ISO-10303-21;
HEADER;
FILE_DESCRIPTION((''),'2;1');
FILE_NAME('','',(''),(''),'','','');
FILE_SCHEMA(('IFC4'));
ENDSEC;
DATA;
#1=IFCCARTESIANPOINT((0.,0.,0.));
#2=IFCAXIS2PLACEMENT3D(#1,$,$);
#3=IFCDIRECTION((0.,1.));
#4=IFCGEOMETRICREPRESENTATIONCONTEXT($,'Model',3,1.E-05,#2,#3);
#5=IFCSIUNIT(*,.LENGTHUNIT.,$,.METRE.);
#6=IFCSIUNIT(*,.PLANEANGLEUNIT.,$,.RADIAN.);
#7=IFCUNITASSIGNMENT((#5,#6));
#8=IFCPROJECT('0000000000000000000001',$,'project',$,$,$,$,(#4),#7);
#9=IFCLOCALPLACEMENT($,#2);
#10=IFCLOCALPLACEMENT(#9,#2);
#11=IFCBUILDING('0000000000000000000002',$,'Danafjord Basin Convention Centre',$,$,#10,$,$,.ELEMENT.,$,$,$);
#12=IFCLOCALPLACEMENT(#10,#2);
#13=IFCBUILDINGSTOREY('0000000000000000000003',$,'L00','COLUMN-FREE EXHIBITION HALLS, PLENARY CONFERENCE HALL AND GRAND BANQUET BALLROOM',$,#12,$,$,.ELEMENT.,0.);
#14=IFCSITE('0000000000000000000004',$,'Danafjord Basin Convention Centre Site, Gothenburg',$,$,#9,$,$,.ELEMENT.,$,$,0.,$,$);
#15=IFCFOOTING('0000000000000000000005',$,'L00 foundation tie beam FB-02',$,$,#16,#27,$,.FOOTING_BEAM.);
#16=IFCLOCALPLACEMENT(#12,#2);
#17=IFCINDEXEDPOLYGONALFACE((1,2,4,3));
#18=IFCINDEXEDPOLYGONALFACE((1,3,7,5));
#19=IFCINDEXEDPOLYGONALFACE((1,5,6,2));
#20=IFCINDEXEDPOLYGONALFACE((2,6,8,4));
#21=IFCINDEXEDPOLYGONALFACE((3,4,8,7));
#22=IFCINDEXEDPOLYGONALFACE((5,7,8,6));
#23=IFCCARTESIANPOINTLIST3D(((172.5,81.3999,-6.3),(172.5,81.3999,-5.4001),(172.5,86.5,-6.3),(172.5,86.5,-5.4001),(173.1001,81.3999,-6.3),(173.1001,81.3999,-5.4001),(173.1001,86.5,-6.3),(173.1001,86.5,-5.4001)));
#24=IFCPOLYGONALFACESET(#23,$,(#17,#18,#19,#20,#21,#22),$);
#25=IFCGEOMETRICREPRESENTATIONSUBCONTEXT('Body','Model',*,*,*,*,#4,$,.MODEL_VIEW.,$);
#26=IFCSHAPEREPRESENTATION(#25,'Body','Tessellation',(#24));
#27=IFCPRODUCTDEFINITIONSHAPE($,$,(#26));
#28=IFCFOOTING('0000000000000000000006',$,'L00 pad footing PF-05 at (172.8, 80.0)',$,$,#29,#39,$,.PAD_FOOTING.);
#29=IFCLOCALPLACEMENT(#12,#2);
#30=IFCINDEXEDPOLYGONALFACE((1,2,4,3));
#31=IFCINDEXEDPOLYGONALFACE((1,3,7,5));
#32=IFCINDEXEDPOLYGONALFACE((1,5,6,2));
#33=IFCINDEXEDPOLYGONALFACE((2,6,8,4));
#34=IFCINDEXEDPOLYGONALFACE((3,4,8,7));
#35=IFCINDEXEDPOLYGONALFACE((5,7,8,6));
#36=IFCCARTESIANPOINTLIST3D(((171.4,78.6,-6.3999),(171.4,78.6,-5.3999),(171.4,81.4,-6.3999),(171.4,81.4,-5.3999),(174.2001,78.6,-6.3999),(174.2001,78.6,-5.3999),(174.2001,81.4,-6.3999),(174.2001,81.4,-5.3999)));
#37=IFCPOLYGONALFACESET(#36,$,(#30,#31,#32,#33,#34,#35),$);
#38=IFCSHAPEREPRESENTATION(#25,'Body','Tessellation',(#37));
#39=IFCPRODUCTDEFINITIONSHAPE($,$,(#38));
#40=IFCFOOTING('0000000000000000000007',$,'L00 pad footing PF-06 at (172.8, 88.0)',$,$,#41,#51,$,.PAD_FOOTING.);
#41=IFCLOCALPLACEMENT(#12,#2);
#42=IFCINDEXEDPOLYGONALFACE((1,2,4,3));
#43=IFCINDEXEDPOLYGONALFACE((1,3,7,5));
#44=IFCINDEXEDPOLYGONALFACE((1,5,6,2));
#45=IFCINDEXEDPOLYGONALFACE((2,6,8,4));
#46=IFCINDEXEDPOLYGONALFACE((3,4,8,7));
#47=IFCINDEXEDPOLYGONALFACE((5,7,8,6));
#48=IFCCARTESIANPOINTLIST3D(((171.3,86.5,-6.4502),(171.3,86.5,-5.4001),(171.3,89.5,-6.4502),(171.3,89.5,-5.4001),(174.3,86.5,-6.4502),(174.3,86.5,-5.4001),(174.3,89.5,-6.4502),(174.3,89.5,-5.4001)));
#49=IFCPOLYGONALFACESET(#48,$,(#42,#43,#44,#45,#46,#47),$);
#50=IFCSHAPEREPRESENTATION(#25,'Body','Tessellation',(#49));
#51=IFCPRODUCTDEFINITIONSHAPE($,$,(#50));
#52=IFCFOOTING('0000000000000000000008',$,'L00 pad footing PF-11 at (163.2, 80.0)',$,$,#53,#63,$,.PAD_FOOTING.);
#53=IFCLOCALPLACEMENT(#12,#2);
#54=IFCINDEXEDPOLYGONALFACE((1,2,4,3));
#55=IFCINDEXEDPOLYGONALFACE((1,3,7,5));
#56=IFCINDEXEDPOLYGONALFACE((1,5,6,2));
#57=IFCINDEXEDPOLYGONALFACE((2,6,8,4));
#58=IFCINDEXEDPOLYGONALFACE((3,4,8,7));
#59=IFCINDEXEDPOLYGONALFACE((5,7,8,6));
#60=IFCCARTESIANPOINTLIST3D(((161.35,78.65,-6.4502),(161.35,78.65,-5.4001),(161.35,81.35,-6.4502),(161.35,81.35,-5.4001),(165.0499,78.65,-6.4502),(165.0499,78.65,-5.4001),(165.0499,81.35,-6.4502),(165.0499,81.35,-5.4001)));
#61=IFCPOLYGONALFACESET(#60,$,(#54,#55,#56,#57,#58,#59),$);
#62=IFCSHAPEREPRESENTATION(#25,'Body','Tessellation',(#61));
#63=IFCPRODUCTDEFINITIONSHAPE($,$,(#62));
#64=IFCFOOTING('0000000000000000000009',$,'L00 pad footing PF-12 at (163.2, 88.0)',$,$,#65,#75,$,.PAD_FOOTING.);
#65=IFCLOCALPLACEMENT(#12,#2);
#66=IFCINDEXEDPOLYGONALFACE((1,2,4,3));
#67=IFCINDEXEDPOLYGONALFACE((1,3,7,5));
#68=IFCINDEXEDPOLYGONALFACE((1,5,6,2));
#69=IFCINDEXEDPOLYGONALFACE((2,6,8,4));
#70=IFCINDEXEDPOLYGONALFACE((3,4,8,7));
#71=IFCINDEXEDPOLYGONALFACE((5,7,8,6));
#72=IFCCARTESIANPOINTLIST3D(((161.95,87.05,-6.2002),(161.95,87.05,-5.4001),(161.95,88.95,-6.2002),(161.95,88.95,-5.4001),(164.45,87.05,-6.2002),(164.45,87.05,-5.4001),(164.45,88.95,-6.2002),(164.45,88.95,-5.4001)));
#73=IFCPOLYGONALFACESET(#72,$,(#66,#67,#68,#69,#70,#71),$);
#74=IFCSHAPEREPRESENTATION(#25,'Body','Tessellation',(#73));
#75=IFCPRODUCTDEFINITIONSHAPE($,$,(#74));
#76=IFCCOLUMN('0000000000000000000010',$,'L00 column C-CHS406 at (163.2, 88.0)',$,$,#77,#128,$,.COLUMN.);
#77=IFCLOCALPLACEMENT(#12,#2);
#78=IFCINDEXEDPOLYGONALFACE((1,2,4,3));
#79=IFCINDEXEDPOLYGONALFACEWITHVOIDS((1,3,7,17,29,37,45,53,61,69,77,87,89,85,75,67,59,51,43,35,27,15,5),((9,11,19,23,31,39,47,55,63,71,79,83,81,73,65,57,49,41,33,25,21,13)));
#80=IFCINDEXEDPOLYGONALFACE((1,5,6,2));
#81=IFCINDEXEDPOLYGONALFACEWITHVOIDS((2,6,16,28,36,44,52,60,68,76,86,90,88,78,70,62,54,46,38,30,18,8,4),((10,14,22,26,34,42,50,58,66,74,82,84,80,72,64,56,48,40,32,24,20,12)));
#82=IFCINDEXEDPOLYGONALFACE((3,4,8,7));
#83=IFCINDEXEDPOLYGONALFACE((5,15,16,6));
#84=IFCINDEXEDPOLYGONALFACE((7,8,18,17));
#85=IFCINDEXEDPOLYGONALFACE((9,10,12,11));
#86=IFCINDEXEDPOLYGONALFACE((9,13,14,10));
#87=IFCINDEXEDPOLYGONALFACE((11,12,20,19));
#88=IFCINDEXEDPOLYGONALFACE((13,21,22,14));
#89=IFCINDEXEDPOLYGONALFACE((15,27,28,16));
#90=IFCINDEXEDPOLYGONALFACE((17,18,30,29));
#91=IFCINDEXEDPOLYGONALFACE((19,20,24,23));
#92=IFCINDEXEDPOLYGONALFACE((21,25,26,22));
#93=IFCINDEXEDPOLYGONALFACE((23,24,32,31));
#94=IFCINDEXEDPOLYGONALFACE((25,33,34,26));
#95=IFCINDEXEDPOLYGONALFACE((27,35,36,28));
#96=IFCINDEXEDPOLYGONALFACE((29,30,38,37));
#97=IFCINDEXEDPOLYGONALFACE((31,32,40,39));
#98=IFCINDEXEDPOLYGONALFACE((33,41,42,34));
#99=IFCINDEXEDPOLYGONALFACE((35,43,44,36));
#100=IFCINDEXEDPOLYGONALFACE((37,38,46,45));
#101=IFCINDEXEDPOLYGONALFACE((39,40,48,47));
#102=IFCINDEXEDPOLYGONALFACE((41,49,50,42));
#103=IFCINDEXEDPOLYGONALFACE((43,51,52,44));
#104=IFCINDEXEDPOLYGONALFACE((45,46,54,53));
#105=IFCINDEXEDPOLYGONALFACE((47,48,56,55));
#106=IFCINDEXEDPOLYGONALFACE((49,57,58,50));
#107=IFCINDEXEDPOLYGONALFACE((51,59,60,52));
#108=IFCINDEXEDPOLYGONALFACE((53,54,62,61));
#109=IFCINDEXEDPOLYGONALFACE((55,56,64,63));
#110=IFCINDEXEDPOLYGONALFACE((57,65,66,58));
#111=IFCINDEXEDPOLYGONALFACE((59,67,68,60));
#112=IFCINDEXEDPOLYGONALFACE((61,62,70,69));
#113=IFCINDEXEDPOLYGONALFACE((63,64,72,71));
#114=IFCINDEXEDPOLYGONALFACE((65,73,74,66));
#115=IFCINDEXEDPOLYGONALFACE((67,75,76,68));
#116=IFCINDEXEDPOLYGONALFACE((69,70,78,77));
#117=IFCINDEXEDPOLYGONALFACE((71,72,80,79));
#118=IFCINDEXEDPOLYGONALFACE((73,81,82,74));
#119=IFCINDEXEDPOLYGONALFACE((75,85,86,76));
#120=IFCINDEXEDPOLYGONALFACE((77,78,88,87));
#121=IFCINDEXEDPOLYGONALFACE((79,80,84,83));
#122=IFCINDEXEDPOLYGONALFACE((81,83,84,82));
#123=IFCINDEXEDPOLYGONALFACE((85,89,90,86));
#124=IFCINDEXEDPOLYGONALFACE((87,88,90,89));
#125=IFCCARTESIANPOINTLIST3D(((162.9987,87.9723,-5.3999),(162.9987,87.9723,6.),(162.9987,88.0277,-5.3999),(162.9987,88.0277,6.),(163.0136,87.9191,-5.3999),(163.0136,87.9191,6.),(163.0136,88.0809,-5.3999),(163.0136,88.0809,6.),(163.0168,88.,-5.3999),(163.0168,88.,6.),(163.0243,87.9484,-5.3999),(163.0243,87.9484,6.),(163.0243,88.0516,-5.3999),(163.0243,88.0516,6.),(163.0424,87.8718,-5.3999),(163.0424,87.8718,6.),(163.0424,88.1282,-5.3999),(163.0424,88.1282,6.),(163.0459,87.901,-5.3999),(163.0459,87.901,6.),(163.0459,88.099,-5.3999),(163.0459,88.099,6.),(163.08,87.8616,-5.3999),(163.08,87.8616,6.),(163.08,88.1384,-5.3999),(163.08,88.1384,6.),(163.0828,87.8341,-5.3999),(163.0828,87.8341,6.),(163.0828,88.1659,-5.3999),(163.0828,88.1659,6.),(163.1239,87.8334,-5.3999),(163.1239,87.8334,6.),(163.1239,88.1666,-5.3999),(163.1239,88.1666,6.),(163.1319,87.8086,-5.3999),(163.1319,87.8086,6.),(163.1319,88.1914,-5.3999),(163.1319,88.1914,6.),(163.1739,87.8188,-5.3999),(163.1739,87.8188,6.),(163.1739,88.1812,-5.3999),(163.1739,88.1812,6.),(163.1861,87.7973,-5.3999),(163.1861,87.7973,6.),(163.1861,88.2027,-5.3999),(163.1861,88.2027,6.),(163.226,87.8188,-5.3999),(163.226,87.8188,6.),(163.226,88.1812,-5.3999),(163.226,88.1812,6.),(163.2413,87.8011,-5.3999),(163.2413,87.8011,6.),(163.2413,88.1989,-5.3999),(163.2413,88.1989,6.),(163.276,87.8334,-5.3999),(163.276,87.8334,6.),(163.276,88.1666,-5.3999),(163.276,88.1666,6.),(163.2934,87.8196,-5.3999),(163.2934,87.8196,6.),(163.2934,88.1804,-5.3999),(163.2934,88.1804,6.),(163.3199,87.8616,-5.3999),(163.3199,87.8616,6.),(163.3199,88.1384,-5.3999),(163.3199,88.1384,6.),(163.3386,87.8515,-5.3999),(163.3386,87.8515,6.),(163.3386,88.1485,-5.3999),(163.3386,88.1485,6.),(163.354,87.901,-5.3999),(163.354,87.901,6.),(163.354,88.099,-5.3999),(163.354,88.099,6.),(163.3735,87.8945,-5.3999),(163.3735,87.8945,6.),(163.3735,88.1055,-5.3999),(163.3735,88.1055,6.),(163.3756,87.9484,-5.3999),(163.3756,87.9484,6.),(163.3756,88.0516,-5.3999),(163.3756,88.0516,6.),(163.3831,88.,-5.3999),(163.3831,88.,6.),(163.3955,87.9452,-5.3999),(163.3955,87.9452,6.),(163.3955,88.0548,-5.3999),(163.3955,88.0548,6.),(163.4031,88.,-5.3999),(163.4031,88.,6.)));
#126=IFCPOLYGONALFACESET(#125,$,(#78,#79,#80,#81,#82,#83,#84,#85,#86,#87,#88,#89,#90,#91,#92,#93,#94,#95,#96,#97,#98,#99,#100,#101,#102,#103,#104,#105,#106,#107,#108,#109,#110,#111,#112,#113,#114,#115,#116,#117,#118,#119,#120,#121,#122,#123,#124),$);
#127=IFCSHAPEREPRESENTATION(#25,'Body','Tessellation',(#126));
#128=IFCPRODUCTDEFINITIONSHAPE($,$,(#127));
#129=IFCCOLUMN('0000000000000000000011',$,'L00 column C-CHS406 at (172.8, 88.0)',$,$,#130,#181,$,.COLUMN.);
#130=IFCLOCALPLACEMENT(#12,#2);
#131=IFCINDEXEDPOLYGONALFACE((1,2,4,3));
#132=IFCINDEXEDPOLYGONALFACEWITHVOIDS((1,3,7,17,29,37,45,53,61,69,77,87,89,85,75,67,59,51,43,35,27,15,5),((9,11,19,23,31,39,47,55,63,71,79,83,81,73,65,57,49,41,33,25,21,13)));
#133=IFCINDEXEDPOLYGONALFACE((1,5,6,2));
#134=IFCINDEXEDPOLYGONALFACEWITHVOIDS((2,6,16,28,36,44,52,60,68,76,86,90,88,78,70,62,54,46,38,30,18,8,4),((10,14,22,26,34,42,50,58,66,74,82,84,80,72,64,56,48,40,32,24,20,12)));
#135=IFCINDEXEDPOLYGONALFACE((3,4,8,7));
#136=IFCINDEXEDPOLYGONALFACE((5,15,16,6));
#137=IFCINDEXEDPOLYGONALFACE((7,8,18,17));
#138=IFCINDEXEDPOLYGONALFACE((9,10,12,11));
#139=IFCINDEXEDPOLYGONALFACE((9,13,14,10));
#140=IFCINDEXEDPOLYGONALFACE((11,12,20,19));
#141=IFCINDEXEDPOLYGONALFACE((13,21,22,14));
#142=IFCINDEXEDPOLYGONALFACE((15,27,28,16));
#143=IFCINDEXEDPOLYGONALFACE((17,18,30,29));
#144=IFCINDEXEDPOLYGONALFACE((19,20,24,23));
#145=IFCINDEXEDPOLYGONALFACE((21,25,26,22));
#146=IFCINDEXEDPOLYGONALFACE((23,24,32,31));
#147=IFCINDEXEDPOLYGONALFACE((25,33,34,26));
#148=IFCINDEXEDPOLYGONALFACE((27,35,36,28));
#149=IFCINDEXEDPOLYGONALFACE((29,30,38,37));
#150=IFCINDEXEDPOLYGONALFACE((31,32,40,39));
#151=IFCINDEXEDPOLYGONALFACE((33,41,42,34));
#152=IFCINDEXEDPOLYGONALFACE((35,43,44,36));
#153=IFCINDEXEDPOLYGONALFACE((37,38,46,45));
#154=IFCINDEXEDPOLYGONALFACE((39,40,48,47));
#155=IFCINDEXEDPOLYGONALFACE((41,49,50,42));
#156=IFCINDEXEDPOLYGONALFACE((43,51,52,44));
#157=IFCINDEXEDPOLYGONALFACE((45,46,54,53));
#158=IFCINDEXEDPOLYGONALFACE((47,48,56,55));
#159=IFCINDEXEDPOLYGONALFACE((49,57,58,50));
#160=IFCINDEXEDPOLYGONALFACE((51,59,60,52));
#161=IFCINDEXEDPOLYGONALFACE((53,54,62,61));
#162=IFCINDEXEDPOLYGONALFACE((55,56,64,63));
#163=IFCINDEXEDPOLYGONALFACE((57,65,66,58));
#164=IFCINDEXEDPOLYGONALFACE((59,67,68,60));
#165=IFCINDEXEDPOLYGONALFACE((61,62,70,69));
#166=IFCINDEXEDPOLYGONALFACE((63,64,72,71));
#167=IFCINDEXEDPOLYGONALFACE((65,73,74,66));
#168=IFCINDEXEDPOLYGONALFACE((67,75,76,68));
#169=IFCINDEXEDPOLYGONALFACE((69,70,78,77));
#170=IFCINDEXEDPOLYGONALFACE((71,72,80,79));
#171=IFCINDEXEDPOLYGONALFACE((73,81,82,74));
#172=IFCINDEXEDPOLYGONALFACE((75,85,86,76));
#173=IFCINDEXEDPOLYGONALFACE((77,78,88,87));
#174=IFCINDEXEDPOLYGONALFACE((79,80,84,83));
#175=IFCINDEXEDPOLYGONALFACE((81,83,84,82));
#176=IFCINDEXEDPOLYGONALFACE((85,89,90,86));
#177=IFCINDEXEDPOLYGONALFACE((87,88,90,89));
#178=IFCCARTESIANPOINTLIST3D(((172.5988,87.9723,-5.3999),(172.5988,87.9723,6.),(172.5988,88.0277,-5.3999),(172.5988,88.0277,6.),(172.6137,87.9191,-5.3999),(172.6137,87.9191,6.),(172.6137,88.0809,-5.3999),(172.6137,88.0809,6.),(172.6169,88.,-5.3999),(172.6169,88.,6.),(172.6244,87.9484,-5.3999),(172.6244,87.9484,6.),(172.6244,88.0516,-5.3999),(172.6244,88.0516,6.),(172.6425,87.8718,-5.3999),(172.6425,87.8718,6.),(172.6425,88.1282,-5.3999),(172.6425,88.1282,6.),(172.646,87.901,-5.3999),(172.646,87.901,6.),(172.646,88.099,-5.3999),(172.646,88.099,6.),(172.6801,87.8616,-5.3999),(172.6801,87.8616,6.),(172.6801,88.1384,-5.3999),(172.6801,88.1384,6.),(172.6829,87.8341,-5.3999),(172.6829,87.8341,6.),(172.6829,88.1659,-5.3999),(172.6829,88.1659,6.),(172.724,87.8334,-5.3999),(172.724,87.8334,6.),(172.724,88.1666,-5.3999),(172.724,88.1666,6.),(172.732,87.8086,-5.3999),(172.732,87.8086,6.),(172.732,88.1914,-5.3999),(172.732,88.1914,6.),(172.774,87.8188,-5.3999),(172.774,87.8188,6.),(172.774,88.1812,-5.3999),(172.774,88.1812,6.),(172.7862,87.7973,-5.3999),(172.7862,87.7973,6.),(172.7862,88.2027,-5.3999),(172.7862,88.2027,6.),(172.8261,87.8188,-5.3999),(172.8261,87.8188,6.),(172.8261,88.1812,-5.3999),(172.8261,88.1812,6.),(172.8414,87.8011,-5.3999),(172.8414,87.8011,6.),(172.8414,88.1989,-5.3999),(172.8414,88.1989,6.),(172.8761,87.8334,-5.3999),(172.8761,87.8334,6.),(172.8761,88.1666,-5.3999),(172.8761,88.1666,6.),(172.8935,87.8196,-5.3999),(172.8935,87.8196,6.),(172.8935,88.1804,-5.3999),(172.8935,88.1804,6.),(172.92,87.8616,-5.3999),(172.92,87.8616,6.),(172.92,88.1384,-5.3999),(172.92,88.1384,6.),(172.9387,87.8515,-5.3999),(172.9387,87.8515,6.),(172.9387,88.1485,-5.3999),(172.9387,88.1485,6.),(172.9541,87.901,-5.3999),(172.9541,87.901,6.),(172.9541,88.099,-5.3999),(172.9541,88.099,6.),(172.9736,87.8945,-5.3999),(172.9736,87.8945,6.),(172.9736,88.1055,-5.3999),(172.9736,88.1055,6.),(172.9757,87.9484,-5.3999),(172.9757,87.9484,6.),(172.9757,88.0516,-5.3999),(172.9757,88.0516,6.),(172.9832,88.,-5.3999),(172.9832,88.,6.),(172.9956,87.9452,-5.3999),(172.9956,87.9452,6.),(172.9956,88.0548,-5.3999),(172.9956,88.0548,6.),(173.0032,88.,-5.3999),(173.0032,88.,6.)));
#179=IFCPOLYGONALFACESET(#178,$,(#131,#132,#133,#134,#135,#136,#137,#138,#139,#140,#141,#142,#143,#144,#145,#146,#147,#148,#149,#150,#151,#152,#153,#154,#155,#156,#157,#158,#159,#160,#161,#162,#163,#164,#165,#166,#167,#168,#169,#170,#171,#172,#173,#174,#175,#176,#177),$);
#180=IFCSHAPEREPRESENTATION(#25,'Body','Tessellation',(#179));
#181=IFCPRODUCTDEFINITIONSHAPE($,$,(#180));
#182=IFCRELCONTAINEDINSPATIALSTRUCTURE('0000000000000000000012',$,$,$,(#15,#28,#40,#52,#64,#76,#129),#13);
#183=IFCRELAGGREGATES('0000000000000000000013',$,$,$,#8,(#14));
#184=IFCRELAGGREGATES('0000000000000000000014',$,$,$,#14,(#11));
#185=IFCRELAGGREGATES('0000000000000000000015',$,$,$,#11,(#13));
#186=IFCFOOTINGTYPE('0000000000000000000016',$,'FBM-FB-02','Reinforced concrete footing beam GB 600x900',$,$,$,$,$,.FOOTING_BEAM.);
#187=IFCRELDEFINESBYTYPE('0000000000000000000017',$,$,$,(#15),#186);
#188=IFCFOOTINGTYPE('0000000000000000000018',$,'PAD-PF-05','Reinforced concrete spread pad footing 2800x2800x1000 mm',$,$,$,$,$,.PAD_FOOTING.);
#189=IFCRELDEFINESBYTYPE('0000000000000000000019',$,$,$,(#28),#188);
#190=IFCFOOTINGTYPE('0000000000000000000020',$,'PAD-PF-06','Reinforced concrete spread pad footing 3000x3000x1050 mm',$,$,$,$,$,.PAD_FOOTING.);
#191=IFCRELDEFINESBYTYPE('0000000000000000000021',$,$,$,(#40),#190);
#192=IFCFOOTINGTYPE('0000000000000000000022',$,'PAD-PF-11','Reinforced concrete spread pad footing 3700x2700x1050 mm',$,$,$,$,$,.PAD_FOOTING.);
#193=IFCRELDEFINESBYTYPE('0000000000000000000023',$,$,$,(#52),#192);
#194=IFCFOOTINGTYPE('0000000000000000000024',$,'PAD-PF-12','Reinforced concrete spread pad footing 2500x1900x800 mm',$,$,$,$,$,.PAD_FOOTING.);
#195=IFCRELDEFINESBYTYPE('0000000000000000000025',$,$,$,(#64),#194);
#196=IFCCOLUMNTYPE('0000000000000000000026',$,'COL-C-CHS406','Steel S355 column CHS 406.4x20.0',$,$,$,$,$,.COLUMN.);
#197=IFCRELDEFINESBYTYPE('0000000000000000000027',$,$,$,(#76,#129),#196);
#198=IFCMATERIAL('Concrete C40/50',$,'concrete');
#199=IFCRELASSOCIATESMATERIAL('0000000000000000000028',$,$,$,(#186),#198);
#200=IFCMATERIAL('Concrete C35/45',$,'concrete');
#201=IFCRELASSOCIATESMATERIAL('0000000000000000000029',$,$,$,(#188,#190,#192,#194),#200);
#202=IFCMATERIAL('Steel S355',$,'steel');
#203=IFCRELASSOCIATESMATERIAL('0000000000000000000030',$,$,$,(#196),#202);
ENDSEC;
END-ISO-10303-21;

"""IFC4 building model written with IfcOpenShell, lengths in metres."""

from ifc_helpers import new_model, si_unit, direction, frame, origin, origin_2d, place, context, subcontext, project, spatial, rectangle, hollow_circle, extrude, material, material_profile, profile_set, type_object, element, save


model = new_model("IFC4")

# Units and contexts
model_context = context("Model", 3, precision=1e-05, world=origin(), true_north=direction((0.0, 1.0)))
body_context = subcontext(model_context, "Body", "Model", "MODEL_VIEW")
ifc_project = project(units=[si_unit("LENGTHUNIT", "METRE"), si_unit("PLANEANGLEUNIT", "RADIAN")], contexts=[model_context])

# Site, building, storey
site_placement = place(None, origin())
site = spatial("IfcSite", under=ifc_project, at=site_placement, Name="Danafjord Basin Convention Centre Site, Gothenburg", CompositionType="ELEMENT", RefElevation=0.0)
building_placement = place(site_placement, origin())
building = spatial("IfcBuilding", under=site, at=building_placement, Name="Danafjord Basin Convention Centre", CompositionType="ELEMENT")
storey_placement = place(building_placement, origin())
storey = spatial("IfcBuildingStorey", under=building, at=storey_placement, Name="L00", Description="COLUMN-FREE EXHIBITION HALLS, PLENARY CONFERENCE HALL AND GRAND BANQUET BALLROOM", CompositionType="ELEMENT", Elevation=0.0)

# Footings
ifc_material_1 = material(Name="Concrete C40/50", Category="concrete")
ifc_material_profile_1 = material_profile(ifc_material_1, rectangle(XDim=0.6001, YDim=0.8999, at=origin_2d()), Name="GB 600x900")
ifc_profile_set_1 = profile_set([ifc_material_profile_1], Name="Concrete C40/50")
footing_type_1 = type_object("IfcFootingType", Name="FBM-FB-02", Description="Reinforced concrete footing beam GB 600x900", PredefinedType="FOOTING_BEAM", material=ifc_profile_set_1)
footing_1_placement = place(storey_placement, frame((172.8, 81.3999, -5.8501), z_axis=(0.0, 1.0, 0.0), x_axis=(-1.0, 0.0, 0.0)))
element("IfcFooting", 1, at=footing_1_placement, inside=storey, type_object=footing_type_1, Name="L00 foundation tie beam FB-02", PredefinedType="FOOTING_BEAM", context=body_context, shape_type="SweptSolid", body=[
    extrude(rectangle(XDim=0.6001, YDim=0.8999, at=origin_2d()), origin(), (0.0, 0.0, 1.0), 5.1001),
])
ifc_material_2 = material(Name="Concrete C35/45", Category="concrete")
footing_type_2 = type_object("IfcFootingType", Name="PAD-PF-05", Description="Reinforced concrete spread pad footing 2800x2800x1000 mm", PredefinedType="PAD_FOOTING", material=ifc_material_2)
footing_2_placement = place(storey_placement, frame((172.8, 80.0, -6.3999), z_axis=(0.0, 0.0, 1.0), x_axis=(1.0, 0.0, 0.0)))
element("IfcFooting", 2, at=footing_2_placement, inside=storey, type_object=footing_type_2, Name="L00 pad footing PF-05 at (172.8, 80.0)", PredefinedType="PAD_FOOTING", context=body_context, shape_type="SweptSolid", body=[
    extrude(rectangle(XDim=2.8, YDim=2.8, at=origin_2d()), origin(), (0.0, 0.0, 1.0), 1.0),
])
footing_type_3 = type_object("IfcFootingType", Name="PAD-PF-06", Description="Reinforced concrete spread pad footing 3000x3000x1050 mm", PredefinedType="PAD_FOOTING", material=ifc_material_2)
footing_3_placement = place(storey_placement, frame((172.8, 88.0, -6.4502), z_axis=(0.0, 0.0, 1.0), x_axis=(1.0, 0.0, 0.0)))
element("IfcFooting", 3, at=footing_3_placement, inside=storey, type_object=footing_type_3, Name="L00 pad footing PF-06 at (172.8, 88.0)", PredefinedType="PAD_FOOTING", context=body_context, shape_type="SweptSolid", body=[
    extrude(rectangle(XDim=3.0, YDim=3.0, at=origin_2d()), origin(), (0.0, 0.0, 1.0), 1.05),
])
footing_type_4 = type_object("IfcFootingType", Name="PAD-PF-11", Description="Reinforced concrete spread pad footing 3700x2700x1050 mm", PredefinedType="PAD_FOOTING", material=ifc_material_2)
footing_4_placement = place(storey_placement, frame((163.2, 80.0, -6.4502), z_axis=(0.0, 0.0, 1.0), x_axis=(1.0, 0.0, 0.0)))
element("IfcFooting", 4, at=footing_4_placement, inside=storey, type_object=footing_type_4, Name="L00 pad footing PF-11 at (163.2, 80.0)", PredefinedType="PAD_FOOTING", context=body_context, shape_type="SweptSolid", body=[
    extrude(rectangle(XDim=3.7, YDim=2.7, at=origin_2d()), origin(), (0.0, 0.0, 1.0), 1.05),
])
footing_type_5 = type_object("IfcFootingType", Name="PAD-PF-12", Description="Reinforced concrete spread pad footing 2500x1900x800 mm", PredefinedType="PAD_FOOTING", material=ifc_material_2)
footing_5_placement = place(storey_placement, frame((163.2, 88.0, -6.2002), z_axis=(0.0, 0.0, 1.0), x_axis=(1.0, 0.0, 0.0)))
element("IfcFooting", 5, at=footing_5_placement, inside=storey, type_object=footing_type_5, Name="L00 pad footing PF-12 at (163.2, 88.0)", PredefinedType="PAD_FOOTING", context=body_context, shape_type="SweptSolid", body=[
    extrude(rectangle(XDim=2.5, YDim=1.8999, at=origin_2d()), origin(), (0.0, 0.0, 1.0), 0.8),
])

# Columns
ifc_material_3 = material(Name="Steel S355", Category="steel")
ifc_material_profile_2 = material_profile(ifc_material_3, hollow_circle(Radius=0.2031, WallThickness=0.02, at=origin_2d()), Name="CHS 406.4x20.0")
ifc_profile_set_2 = profile_set([ifc_material_profile_2], Name="Steel S355")
column_type_1 = type_object("IfcColumnType", Name="COL-C-CHS406", Description="Steel S355 column CHS 406.4x20.0", PredefinedType="COLUMN", material=ifc_profile_set_2)
for number, where, z_axis, x_axis, name in (
    (6, (163.2, 88.0, -5.3999), (0.0, 0.0, 1.0), (1.0, 0.0, 0.0), "L00 column C-CHS406 at (163.2, 88.0)"),
    (7, (172.8, 88.0, -5.3999), (0.0, 0.0, 1.0), (1.0, 0.0, 0.0), "L00 column C-CHS406 at (172.8, 88.0)"),
):
    element("IfcColumn", number, at=place(storey_placement, frame(where, z_axis=z_axis, x_axis=x_axis)), inside=storey, type_object=column_type_1, Name=name, PredefinedType="COLUMN", context=body_context, shape_type="SweptSolid", body=[
        extrude(hollow_circle(Radius=0.2031, WallThickness=0.02, at=origin_2d()), origin(), (0.0, 0.0, 1.0), 11.3999),
    ])

save(model, "model.ifc")
